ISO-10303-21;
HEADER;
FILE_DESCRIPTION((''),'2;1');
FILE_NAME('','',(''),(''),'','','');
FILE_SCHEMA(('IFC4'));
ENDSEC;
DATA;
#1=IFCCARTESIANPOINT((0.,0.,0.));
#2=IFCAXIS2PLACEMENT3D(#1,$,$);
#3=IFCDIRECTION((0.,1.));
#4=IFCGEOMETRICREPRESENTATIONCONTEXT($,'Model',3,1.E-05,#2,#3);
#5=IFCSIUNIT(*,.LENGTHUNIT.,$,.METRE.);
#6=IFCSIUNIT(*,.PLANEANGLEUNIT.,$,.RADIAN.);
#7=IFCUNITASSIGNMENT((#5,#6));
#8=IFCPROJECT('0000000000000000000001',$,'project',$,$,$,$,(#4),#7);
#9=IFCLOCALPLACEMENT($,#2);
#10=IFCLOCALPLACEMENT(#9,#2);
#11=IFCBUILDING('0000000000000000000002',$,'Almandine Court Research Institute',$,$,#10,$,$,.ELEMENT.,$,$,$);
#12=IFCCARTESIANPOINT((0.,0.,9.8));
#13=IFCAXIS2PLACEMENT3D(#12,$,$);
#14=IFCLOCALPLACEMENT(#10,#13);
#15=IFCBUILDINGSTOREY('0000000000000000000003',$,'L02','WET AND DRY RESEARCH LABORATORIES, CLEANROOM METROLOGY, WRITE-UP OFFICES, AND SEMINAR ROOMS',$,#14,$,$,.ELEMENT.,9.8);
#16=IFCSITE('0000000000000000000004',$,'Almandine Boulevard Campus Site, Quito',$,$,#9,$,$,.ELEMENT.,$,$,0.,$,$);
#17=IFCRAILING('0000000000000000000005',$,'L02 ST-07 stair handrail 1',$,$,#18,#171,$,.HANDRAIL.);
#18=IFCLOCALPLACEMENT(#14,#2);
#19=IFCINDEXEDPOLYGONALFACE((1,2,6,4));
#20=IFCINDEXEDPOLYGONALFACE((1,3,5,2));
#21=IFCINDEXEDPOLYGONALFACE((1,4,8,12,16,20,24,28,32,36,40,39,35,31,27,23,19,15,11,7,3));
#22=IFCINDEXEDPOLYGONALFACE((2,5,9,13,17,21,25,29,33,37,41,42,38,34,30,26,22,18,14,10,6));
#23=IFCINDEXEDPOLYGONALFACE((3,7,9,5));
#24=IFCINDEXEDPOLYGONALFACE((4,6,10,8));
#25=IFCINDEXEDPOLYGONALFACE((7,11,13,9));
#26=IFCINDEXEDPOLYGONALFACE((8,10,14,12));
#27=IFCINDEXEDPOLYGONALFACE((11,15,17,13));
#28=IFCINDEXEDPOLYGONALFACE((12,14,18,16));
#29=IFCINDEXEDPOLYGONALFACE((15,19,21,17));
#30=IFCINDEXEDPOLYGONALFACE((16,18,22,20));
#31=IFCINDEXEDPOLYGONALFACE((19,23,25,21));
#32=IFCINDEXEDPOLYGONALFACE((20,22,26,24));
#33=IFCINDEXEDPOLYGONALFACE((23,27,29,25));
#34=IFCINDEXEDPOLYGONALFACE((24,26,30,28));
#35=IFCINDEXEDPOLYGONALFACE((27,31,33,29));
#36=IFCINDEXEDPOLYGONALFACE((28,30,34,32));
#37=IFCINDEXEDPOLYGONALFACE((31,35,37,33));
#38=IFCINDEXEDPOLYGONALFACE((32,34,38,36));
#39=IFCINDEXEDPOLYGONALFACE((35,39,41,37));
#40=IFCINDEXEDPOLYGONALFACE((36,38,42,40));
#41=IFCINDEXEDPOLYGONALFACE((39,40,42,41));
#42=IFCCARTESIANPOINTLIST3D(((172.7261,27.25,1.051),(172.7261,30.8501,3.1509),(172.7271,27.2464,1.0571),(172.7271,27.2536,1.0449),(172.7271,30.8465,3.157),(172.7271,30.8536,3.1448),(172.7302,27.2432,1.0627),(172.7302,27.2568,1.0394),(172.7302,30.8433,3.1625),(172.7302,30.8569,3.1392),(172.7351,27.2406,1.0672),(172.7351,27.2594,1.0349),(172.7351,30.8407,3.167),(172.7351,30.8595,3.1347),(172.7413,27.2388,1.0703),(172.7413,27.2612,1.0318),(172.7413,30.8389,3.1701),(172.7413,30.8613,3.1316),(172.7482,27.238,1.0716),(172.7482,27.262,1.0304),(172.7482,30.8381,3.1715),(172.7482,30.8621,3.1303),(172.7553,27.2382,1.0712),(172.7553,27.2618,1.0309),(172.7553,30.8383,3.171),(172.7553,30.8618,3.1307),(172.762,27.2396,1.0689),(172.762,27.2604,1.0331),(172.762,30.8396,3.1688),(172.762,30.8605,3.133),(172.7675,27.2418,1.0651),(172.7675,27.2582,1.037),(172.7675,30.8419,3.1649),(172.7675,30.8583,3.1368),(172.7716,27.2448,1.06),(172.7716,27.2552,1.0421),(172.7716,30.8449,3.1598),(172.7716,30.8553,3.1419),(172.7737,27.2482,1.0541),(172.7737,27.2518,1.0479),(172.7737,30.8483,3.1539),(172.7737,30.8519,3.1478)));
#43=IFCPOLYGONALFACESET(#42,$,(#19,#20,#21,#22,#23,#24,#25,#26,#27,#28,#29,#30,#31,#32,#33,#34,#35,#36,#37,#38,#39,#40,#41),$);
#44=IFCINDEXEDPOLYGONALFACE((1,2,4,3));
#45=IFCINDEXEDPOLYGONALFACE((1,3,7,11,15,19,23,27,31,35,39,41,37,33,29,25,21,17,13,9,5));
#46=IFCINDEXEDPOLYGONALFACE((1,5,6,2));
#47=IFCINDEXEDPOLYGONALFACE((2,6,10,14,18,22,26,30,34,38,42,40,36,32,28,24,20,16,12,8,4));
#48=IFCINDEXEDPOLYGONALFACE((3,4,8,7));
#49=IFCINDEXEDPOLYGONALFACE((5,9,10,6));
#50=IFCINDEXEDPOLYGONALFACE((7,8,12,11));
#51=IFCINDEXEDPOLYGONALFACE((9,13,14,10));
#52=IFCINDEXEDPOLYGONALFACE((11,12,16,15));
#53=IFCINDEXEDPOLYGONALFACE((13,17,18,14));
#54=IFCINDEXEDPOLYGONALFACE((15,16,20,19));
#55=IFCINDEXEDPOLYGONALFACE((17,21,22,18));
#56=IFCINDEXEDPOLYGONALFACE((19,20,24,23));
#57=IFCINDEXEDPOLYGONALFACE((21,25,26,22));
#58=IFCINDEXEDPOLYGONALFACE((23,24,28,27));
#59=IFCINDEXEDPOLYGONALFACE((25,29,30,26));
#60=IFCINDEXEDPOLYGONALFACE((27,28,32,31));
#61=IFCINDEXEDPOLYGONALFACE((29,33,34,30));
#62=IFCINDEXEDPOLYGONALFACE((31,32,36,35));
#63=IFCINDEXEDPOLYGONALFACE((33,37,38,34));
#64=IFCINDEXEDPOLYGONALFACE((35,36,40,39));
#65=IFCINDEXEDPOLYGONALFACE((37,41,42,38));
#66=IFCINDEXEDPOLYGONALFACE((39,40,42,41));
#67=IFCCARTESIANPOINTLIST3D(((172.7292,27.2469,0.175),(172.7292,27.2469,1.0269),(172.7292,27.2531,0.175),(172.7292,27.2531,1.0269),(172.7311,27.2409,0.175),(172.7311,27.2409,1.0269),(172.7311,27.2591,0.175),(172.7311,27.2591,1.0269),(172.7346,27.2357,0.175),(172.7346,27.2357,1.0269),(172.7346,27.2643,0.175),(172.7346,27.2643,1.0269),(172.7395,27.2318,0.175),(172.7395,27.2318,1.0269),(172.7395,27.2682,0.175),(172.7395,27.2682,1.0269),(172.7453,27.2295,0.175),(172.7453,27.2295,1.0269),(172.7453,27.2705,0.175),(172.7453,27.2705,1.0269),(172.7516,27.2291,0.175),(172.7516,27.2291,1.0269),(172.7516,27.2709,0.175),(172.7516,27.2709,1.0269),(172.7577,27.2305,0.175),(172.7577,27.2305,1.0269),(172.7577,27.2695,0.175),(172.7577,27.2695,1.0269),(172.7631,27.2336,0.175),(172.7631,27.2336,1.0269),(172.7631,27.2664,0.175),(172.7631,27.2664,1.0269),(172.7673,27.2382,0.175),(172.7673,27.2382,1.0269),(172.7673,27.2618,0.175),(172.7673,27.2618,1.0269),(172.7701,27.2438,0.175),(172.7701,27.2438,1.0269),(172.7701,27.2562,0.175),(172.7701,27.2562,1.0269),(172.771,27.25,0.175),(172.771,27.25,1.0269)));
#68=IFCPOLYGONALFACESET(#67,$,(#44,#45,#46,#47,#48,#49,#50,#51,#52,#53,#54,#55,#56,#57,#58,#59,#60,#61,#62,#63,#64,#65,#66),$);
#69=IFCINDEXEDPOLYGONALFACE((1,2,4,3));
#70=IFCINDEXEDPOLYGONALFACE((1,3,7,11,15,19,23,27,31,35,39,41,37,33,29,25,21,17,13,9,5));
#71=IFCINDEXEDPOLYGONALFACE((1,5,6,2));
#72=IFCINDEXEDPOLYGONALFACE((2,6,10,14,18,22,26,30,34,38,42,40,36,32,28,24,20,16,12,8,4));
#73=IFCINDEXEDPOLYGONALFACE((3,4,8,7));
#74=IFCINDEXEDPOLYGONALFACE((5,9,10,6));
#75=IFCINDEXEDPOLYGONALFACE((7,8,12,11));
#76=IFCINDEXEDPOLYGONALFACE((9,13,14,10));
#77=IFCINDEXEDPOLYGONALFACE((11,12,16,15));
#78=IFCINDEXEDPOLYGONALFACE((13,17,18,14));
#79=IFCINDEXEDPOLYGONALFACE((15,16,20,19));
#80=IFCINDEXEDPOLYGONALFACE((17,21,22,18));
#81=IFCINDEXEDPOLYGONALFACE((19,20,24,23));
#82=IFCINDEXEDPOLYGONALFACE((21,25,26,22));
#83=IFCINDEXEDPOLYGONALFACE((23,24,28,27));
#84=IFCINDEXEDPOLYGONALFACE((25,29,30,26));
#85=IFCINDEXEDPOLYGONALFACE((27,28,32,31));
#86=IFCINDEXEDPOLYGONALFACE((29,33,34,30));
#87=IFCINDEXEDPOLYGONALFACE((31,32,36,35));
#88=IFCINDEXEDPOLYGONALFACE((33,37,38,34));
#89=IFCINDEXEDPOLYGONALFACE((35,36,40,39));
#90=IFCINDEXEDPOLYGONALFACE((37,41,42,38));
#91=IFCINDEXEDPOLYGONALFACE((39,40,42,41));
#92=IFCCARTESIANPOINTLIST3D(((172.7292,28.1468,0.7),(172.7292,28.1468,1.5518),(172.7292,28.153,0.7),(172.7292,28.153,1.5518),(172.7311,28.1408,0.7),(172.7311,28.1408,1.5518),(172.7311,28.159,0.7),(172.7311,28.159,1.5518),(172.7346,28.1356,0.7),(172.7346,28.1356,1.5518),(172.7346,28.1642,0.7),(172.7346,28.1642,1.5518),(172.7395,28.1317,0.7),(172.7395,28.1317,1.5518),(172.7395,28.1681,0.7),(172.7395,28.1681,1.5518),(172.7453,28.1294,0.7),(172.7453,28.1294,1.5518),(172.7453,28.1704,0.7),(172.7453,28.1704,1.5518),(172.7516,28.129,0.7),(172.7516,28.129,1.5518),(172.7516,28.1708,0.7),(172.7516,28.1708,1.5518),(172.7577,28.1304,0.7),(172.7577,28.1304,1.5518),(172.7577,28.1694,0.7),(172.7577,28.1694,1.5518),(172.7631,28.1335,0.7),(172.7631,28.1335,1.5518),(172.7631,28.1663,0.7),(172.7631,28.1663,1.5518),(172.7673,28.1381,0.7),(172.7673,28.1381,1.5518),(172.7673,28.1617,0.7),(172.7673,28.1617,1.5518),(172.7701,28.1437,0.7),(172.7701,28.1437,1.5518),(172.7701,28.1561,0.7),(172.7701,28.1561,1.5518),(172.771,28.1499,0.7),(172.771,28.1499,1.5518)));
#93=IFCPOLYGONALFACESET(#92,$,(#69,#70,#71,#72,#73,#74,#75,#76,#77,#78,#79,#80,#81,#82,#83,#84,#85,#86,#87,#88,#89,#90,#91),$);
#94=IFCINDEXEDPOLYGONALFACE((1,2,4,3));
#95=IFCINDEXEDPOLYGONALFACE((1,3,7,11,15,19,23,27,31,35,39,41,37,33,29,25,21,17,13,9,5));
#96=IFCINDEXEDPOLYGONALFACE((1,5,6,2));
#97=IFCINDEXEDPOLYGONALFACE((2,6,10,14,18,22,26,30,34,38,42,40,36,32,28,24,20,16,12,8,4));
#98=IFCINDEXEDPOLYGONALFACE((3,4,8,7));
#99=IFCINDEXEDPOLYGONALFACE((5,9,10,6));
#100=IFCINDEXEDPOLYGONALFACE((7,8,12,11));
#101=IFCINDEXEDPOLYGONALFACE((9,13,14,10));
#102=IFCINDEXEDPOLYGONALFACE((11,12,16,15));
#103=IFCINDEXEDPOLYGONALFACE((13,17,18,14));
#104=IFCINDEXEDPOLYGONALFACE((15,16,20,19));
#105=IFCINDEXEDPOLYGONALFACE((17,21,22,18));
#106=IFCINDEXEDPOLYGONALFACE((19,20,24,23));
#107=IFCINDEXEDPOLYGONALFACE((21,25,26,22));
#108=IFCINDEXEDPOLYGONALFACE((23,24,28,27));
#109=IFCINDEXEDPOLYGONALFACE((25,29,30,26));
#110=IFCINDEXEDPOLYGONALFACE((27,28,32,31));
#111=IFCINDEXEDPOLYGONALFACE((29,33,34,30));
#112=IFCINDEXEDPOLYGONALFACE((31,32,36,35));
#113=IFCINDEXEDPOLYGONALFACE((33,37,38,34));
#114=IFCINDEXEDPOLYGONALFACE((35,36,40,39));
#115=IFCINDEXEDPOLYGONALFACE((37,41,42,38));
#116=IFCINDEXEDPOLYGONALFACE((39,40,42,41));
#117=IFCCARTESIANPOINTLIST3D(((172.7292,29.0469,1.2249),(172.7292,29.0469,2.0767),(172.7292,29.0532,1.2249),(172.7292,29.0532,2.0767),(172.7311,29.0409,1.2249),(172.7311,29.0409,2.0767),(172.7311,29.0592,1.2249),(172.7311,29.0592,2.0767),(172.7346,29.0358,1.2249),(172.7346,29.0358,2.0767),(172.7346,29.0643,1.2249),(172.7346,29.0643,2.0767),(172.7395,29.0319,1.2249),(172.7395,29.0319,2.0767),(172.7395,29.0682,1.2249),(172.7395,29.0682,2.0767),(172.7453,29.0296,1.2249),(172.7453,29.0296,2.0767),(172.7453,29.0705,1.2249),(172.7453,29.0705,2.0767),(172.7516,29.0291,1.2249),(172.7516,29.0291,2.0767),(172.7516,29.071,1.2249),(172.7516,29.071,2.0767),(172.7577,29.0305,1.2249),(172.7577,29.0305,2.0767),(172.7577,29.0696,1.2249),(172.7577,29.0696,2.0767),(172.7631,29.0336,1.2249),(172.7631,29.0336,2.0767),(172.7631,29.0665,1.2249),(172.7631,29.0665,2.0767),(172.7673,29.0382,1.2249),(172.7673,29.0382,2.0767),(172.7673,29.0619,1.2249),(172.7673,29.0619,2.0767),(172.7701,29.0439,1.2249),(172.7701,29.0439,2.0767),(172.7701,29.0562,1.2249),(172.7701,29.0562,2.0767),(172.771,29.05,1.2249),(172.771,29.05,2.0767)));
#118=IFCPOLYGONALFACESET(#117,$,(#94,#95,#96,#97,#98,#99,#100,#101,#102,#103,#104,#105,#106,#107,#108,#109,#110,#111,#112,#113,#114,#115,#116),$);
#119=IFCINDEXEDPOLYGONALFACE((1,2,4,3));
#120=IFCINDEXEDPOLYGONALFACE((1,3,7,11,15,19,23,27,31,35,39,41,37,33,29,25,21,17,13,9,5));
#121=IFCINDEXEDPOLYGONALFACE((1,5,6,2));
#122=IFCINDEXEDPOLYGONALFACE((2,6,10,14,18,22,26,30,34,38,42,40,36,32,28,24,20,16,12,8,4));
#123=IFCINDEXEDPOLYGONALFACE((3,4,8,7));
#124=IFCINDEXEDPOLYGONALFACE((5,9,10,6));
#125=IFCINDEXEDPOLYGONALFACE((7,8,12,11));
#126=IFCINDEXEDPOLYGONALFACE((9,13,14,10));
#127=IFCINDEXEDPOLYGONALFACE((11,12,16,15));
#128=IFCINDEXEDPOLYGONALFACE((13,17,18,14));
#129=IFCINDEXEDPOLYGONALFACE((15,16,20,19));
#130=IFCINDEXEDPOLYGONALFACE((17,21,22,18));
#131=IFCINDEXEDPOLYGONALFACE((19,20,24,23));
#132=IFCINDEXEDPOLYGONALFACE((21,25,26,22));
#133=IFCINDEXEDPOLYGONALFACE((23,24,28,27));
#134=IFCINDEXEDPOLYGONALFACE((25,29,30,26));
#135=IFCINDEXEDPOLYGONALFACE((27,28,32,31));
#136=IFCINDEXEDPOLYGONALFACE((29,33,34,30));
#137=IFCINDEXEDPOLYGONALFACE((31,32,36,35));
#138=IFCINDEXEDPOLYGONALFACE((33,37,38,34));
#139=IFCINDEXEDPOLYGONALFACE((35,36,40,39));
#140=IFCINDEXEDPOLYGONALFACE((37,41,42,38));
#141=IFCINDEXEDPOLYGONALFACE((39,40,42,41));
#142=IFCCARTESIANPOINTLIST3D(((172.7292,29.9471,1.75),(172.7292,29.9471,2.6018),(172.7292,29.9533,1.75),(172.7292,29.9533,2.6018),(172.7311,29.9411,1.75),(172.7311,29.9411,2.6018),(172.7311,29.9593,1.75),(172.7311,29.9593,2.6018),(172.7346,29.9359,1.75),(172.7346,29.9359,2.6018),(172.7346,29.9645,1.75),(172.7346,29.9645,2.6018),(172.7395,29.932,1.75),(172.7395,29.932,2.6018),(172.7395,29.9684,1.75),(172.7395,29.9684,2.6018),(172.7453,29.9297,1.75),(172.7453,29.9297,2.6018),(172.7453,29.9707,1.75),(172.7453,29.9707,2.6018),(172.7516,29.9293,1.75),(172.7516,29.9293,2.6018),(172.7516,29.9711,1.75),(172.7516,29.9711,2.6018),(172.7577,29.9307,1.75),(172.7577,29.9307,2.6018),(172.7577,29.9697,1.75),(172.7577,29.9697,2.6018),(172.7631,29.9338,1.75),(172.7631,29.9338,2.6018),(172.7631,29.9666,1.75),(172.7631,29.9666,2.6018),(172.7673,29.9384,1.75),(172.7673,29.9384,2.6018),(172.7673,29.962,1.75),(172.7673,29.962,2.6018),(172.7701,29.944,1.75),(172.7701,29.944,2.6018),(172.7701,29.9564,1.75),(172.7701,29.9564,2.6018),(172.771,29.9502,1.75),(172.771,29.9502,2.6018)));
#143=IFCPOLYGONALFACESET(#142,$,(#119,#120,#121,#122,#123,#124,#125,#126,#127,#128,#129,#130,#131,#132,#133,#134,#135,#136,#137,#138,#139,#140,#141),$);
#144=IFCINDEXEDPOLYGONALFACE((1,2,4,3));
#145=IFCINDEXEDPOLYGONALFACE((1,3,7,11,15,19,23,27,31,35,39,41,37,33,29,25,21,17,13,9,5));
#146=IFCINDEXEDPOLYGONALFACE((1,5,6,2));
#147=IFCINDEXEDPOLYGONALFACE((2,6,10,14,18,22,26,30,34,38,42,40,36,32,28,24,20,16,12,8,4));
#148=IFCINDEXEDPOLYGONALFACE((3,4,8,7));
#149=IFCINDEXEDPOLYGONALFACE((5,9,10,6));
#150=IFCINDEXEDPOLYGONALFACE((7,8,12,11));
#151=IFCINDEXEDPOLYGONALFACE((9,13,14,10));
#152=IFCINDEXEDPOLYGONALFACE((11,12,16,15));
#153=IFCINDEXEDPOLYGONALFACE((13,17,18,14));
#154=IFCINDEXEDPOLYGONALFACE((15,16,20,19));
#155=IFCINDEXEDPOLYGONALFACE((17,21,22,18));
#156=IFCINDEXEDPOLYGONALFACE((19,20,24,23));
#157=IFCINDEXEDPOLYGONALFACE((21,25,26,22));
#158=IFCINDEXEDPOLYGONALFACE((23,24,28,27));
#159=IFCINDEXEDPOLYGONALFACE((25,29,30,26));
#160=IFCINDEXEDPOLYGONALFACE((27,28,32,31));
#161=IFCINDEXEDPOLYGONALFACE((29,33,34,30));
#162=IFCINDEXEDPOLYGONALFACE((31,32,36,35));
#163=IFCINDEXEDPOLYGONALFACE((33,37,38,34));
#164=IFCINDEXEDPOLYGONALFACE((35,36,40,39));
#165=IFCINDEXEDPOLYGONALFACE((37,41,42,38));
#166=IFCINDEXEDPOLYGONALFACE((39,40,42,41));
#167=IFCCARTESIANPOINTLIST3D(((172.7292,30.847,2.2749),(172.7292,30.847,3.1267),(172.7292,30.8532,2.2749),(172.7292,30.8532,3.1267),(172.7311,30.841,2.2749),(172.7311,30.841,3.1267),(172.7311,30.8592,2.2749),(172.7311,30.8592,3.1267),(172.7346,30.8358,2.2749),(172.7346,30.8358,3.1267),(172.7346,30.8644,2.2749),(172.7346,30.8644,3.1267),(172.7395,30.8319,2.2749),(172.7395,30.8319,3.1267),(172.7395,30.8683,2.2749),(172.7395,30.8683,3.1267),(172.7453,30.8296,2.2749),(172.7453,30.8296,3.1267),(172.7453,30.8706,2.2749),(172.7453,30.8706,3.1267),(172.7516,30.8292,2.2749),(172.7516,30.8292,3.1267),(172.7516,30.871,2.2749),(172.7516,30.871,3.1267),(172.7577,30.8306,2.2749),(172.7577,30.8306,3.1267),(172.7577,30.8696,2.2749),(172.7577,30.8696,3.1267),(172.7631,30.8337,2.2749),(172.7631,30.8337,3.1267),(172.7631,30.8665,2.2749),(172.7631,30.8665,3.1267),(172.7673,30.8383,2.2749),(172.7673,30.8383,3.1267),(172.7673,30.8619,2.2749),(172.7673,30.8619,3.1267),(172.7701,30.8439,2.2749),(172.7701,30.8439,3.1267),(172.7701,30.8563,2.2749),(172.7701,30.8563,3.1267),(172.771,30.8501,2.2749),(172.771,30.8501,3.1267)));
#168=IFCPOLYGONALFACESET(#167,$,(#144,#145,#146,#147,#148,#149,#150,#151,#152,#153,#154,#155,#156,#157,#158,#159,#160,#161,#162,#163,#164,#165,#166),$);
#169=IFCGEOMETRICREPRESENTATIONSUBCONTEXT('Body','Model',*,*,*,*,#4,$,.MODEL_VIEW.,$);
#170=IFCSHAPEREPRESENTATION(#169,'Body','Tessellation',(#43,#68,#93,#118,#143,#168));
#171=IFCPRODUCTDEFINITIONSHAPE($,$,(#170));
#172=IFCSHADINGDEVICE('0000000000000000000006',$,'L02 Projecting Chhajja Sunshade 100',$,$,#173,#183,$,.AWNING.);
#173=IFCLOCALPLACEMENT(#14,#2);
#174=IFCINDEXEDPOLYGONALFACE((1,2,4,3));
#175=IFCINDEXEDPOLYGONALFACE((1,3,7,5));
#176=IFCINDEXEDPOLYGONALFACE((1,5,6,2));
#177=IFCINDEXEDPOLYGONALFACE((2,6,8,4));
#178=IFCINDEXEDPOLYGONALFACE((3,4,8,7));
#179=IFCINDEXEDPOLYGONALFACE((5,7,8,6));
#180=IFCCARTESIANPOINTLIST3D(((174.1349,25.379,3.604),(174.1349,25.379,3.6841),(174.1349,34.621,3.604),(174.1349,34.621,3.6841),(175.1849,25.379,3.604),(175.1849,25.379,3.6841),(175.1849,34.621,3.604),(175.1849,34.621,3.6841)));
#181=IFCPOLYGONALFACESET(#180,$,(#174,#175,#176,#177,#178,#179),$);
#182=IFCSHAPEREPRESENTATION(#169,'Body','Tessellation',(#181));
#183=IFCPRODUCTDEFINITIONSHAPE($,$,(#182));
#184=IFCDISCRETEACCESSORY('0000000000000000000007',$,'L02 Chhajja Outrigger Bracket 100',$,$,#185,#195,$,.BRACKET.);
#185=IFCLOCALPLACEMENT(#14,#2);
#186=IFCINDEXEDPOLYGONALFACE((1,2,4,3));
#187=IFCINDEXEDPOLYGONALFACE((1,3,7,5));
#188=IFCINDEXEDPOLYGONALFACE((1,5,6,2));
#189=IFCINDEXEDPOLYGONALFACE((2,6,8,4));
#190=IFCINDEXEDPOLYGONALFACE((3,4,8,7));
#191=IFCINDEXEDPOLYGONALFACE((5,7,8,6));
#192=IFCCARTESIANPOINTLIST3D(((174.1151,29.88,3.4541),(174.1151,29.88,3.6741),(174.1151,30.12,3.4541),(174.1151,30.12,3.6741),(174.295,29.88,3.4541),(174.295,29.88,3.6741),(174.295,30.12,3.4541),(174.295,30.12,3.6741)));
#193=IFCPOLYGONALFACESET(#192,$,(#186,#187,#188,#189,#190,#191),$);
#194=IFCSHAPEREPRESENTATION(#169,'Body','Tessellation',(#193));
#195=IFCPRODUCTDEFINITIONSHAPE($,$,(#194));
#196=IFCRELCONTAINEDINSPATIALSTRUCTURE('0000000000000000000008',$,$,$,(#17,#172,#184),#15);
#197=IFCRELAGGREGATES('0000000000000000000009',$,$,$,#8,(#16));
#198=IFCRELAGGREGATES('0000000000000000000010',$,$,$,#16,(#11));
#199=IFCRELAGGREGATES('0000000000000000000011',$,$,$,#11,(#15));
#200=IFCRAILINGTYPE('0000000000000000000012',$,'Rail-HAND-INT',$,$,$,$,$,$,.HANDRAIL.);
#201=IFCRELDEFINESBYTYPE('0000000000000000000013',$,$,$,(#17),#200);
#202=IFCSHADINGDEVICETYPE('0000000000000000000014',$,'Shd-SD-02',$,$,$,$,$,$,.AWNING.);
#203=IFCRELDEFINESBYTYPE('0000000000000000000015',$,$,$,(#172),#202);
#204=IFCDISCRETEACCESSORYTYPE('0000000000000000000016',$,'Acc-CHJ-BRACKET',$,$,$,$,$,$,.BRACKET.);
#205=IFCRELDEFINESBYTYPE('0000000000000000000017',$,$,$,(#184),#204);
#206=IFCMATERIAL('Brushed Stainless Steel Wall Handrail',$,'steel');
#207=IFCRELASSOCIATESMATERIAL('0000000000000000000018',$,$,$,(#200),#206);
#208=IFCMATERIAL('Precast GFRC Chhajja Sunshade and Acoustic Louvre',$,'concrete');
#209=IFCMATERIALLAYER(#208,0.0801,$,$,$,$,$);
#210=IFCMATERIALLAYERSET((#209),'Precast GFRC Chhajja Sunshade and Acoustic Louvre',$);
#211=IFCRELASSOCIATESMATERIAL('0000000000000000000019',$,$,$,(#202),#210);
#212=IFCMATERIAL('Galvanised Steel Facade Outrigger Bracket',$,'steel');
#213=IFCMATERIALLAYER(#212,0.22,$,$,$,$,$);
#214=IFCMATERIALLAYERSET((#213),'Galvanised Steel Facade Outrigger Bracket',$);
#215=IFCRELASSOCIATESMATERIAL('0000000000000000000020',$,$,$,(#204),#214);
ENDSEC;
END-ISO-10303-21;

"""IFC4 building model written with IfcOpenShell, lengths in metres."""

from ifc_helpers import new_model, si_unit, direction, frame, origin, origin_2d, place, context, subcontext, project, spatial, rectangle, circle, extrude, material, layer, layer_set, type_object, element, save


model = new_model("IFC4")

# Units and contexts
model_context = context("Model", 3, precision=1e-05, world=origin(), true_north=direction((0.0, 1.0)))
body_context = subcontext(model_context, "Body", "Model", "MODEL_VIEW")
ifc_project = project(units=[si_unit("LENGTHUNIT", "METRE"), si_unit("PLANEANGLEUNIT", "RADIAN")], contexts=[model_context])

# Site, building, storey
site_placement = place(None, origin())
site = spatial("IfcSite", under=ifc_project, at=site_placement, Name="Almandine Boulevard Campus Site, Quito", CompositionType="ELEMENT", RefElevation=0.0)
building_placement = place(site_placement, origin())
building = spatial("IfcBuilding", under=site, at=building_placement, Name="Almandine Court Research Institute", CompositionType="ELEMENT")
storey_placement = place(building_placement, frame((0.0, 0.0, 9.8)))
storey = spatial("IfcBuildingStorey", under=building, at=storey_placement, Name="L02", Description="WET AND DRY RESEARCH LABORATORIES, CLEANROOM METROLOGY, WRITE-UP OFFICES, AND SEMINAR ROOMS", CompositionType="ELEMENT", Elevation=9.8)

# Railing
ifc_material_1 = material(Name="Brushed Stainless Steel Wall Handrail", Category="steel")
railing_type_1 = type_object("IfcRailingType", Name="Rail-HAND-INT", PredefinedType="HANDRAIL", material=ifc_material_1)
railing_1_placement = place(storey_placement, frame((172.75, 27.25, 0.175)))
element("IfcRailing", 1, at=railing_1_placement, inside=storey, type_object=railing_type_1, Name="L02 ST-07 stair handrail 1", PredefinedType="HANDRAIL", context=body_context, shape_type="SweptSolid", body=[
    extrude(circle(Radius=0.0239, at=origin_2d()), frame((0.0, 0.0, 0.876), z_axis=(0.0, 0.8638, 0.503835), x_axis=(-1.0, 0.0, 0.0)), (0.0, 0.0, 1.0), 4.1677),
    extrude(circle(Radius=0.021, at=origin_2d()), origin(), (0.0, 0.0, 1.0), 0.8518),
    extrude(circle(Radius=0.021, at=origin_2d()), frame((0.0, 0.8999, 0.5249)), (0.0, 0.0, 1.0), 0.8518),
    extrude(circle(Radius=0.021, at=origin_2d()), frame((0.0, 1.8, 1.0498)), (0.0, 0.0, 1.0), 0.8518),
    extrude(circle(Radius=0.021, at=origin_2d()), frame((0.0, 2.7002, 1.575)), (0.0, 0.0, 1.0), 0.8518),
    extrude(circle(Radius=0.021, at=origin_2d()), frame((0.0, 3.6001, 2.0999)), (0.0, 0.0, 1.0), 0.8518),
])

# Shading device
ifc_material_2 = material(Name="Precast GFRC Chhajja Sunshade and Acoustic Louvre", Category="concrete")
ifc_layer_1 = layer(ifc_material_2, 0.0801)
ifc_layer_set_1 = layer_set([ifc_layer_1], Name="Precast GFRC Chhajja Sunshade and Acoustic Louvre")
shading_device_type = type_object("IfcShadingDeviceType", Name="Shd-SD-02", PredefinedType="AWNING", material=ifc_layer_set_1)
shading_device_placement = place(storey_placement, frame((174.6599, 30.0, 3.604), z_axis=(0.0, 0.0, 1.0), x_axis=(0.0, -1.0, 0.0)))
element("IfcShadingDevice", 2, at=shading_device_placement, inside=storey, type_object=shading_device_type, Name="L02 Projecting Chhajja Sunshade 100", PredefinedType="AWNING", context=body_context, shape_type="SweptSolid", body=[
    extrude(rectangle(XDim=9.2419, YDim=1.05, at=origin_2d()), origin(), (0.0, 0.0, 1.0), 0.0801),
])

# Discrete accessory
ifc_material_3 = material(Name="Galvanised Steel Facade Outrigger Bracket", Category="steel")
ifc_layer_2 = layer(ifc_material_3, 0.22)
ifc_layer_set_2 = layer_set([ifc_layer_2], Name="Galvanised Steel Facade Outrigger Bracket")
discrete_accessory_type = type_object("IfcDiscreteAccessoryType", Name="Acc-CHJ-BRACKET", PredefinedType="BRACKET", material=ifc_layer_set_2)
discrete_accessory_placement = place(storey_placement, frame((174.2051, 30.0, 3.4541), z_axis=(0.0, 0.0, 1.0), x_axis=(0.0, -1.0, 0.0)))
element("IfcDiscreteAccessory", 3, at=discrete_accessory_placement, inside=storey, type_object=discrete_accessory_type, Name="L02 Chhajja Outrigger Bracket 100", PredefinedType="BRACKET", context=body_context, shape_type="SweptSolid", body=[
    extrude(rectangle(XDim=0.24, YDim=0.1799, at=origin_2d()), origin(), (0.0, 0.0, 1.0), 0.22),
])

save(model, "model.ifc")
